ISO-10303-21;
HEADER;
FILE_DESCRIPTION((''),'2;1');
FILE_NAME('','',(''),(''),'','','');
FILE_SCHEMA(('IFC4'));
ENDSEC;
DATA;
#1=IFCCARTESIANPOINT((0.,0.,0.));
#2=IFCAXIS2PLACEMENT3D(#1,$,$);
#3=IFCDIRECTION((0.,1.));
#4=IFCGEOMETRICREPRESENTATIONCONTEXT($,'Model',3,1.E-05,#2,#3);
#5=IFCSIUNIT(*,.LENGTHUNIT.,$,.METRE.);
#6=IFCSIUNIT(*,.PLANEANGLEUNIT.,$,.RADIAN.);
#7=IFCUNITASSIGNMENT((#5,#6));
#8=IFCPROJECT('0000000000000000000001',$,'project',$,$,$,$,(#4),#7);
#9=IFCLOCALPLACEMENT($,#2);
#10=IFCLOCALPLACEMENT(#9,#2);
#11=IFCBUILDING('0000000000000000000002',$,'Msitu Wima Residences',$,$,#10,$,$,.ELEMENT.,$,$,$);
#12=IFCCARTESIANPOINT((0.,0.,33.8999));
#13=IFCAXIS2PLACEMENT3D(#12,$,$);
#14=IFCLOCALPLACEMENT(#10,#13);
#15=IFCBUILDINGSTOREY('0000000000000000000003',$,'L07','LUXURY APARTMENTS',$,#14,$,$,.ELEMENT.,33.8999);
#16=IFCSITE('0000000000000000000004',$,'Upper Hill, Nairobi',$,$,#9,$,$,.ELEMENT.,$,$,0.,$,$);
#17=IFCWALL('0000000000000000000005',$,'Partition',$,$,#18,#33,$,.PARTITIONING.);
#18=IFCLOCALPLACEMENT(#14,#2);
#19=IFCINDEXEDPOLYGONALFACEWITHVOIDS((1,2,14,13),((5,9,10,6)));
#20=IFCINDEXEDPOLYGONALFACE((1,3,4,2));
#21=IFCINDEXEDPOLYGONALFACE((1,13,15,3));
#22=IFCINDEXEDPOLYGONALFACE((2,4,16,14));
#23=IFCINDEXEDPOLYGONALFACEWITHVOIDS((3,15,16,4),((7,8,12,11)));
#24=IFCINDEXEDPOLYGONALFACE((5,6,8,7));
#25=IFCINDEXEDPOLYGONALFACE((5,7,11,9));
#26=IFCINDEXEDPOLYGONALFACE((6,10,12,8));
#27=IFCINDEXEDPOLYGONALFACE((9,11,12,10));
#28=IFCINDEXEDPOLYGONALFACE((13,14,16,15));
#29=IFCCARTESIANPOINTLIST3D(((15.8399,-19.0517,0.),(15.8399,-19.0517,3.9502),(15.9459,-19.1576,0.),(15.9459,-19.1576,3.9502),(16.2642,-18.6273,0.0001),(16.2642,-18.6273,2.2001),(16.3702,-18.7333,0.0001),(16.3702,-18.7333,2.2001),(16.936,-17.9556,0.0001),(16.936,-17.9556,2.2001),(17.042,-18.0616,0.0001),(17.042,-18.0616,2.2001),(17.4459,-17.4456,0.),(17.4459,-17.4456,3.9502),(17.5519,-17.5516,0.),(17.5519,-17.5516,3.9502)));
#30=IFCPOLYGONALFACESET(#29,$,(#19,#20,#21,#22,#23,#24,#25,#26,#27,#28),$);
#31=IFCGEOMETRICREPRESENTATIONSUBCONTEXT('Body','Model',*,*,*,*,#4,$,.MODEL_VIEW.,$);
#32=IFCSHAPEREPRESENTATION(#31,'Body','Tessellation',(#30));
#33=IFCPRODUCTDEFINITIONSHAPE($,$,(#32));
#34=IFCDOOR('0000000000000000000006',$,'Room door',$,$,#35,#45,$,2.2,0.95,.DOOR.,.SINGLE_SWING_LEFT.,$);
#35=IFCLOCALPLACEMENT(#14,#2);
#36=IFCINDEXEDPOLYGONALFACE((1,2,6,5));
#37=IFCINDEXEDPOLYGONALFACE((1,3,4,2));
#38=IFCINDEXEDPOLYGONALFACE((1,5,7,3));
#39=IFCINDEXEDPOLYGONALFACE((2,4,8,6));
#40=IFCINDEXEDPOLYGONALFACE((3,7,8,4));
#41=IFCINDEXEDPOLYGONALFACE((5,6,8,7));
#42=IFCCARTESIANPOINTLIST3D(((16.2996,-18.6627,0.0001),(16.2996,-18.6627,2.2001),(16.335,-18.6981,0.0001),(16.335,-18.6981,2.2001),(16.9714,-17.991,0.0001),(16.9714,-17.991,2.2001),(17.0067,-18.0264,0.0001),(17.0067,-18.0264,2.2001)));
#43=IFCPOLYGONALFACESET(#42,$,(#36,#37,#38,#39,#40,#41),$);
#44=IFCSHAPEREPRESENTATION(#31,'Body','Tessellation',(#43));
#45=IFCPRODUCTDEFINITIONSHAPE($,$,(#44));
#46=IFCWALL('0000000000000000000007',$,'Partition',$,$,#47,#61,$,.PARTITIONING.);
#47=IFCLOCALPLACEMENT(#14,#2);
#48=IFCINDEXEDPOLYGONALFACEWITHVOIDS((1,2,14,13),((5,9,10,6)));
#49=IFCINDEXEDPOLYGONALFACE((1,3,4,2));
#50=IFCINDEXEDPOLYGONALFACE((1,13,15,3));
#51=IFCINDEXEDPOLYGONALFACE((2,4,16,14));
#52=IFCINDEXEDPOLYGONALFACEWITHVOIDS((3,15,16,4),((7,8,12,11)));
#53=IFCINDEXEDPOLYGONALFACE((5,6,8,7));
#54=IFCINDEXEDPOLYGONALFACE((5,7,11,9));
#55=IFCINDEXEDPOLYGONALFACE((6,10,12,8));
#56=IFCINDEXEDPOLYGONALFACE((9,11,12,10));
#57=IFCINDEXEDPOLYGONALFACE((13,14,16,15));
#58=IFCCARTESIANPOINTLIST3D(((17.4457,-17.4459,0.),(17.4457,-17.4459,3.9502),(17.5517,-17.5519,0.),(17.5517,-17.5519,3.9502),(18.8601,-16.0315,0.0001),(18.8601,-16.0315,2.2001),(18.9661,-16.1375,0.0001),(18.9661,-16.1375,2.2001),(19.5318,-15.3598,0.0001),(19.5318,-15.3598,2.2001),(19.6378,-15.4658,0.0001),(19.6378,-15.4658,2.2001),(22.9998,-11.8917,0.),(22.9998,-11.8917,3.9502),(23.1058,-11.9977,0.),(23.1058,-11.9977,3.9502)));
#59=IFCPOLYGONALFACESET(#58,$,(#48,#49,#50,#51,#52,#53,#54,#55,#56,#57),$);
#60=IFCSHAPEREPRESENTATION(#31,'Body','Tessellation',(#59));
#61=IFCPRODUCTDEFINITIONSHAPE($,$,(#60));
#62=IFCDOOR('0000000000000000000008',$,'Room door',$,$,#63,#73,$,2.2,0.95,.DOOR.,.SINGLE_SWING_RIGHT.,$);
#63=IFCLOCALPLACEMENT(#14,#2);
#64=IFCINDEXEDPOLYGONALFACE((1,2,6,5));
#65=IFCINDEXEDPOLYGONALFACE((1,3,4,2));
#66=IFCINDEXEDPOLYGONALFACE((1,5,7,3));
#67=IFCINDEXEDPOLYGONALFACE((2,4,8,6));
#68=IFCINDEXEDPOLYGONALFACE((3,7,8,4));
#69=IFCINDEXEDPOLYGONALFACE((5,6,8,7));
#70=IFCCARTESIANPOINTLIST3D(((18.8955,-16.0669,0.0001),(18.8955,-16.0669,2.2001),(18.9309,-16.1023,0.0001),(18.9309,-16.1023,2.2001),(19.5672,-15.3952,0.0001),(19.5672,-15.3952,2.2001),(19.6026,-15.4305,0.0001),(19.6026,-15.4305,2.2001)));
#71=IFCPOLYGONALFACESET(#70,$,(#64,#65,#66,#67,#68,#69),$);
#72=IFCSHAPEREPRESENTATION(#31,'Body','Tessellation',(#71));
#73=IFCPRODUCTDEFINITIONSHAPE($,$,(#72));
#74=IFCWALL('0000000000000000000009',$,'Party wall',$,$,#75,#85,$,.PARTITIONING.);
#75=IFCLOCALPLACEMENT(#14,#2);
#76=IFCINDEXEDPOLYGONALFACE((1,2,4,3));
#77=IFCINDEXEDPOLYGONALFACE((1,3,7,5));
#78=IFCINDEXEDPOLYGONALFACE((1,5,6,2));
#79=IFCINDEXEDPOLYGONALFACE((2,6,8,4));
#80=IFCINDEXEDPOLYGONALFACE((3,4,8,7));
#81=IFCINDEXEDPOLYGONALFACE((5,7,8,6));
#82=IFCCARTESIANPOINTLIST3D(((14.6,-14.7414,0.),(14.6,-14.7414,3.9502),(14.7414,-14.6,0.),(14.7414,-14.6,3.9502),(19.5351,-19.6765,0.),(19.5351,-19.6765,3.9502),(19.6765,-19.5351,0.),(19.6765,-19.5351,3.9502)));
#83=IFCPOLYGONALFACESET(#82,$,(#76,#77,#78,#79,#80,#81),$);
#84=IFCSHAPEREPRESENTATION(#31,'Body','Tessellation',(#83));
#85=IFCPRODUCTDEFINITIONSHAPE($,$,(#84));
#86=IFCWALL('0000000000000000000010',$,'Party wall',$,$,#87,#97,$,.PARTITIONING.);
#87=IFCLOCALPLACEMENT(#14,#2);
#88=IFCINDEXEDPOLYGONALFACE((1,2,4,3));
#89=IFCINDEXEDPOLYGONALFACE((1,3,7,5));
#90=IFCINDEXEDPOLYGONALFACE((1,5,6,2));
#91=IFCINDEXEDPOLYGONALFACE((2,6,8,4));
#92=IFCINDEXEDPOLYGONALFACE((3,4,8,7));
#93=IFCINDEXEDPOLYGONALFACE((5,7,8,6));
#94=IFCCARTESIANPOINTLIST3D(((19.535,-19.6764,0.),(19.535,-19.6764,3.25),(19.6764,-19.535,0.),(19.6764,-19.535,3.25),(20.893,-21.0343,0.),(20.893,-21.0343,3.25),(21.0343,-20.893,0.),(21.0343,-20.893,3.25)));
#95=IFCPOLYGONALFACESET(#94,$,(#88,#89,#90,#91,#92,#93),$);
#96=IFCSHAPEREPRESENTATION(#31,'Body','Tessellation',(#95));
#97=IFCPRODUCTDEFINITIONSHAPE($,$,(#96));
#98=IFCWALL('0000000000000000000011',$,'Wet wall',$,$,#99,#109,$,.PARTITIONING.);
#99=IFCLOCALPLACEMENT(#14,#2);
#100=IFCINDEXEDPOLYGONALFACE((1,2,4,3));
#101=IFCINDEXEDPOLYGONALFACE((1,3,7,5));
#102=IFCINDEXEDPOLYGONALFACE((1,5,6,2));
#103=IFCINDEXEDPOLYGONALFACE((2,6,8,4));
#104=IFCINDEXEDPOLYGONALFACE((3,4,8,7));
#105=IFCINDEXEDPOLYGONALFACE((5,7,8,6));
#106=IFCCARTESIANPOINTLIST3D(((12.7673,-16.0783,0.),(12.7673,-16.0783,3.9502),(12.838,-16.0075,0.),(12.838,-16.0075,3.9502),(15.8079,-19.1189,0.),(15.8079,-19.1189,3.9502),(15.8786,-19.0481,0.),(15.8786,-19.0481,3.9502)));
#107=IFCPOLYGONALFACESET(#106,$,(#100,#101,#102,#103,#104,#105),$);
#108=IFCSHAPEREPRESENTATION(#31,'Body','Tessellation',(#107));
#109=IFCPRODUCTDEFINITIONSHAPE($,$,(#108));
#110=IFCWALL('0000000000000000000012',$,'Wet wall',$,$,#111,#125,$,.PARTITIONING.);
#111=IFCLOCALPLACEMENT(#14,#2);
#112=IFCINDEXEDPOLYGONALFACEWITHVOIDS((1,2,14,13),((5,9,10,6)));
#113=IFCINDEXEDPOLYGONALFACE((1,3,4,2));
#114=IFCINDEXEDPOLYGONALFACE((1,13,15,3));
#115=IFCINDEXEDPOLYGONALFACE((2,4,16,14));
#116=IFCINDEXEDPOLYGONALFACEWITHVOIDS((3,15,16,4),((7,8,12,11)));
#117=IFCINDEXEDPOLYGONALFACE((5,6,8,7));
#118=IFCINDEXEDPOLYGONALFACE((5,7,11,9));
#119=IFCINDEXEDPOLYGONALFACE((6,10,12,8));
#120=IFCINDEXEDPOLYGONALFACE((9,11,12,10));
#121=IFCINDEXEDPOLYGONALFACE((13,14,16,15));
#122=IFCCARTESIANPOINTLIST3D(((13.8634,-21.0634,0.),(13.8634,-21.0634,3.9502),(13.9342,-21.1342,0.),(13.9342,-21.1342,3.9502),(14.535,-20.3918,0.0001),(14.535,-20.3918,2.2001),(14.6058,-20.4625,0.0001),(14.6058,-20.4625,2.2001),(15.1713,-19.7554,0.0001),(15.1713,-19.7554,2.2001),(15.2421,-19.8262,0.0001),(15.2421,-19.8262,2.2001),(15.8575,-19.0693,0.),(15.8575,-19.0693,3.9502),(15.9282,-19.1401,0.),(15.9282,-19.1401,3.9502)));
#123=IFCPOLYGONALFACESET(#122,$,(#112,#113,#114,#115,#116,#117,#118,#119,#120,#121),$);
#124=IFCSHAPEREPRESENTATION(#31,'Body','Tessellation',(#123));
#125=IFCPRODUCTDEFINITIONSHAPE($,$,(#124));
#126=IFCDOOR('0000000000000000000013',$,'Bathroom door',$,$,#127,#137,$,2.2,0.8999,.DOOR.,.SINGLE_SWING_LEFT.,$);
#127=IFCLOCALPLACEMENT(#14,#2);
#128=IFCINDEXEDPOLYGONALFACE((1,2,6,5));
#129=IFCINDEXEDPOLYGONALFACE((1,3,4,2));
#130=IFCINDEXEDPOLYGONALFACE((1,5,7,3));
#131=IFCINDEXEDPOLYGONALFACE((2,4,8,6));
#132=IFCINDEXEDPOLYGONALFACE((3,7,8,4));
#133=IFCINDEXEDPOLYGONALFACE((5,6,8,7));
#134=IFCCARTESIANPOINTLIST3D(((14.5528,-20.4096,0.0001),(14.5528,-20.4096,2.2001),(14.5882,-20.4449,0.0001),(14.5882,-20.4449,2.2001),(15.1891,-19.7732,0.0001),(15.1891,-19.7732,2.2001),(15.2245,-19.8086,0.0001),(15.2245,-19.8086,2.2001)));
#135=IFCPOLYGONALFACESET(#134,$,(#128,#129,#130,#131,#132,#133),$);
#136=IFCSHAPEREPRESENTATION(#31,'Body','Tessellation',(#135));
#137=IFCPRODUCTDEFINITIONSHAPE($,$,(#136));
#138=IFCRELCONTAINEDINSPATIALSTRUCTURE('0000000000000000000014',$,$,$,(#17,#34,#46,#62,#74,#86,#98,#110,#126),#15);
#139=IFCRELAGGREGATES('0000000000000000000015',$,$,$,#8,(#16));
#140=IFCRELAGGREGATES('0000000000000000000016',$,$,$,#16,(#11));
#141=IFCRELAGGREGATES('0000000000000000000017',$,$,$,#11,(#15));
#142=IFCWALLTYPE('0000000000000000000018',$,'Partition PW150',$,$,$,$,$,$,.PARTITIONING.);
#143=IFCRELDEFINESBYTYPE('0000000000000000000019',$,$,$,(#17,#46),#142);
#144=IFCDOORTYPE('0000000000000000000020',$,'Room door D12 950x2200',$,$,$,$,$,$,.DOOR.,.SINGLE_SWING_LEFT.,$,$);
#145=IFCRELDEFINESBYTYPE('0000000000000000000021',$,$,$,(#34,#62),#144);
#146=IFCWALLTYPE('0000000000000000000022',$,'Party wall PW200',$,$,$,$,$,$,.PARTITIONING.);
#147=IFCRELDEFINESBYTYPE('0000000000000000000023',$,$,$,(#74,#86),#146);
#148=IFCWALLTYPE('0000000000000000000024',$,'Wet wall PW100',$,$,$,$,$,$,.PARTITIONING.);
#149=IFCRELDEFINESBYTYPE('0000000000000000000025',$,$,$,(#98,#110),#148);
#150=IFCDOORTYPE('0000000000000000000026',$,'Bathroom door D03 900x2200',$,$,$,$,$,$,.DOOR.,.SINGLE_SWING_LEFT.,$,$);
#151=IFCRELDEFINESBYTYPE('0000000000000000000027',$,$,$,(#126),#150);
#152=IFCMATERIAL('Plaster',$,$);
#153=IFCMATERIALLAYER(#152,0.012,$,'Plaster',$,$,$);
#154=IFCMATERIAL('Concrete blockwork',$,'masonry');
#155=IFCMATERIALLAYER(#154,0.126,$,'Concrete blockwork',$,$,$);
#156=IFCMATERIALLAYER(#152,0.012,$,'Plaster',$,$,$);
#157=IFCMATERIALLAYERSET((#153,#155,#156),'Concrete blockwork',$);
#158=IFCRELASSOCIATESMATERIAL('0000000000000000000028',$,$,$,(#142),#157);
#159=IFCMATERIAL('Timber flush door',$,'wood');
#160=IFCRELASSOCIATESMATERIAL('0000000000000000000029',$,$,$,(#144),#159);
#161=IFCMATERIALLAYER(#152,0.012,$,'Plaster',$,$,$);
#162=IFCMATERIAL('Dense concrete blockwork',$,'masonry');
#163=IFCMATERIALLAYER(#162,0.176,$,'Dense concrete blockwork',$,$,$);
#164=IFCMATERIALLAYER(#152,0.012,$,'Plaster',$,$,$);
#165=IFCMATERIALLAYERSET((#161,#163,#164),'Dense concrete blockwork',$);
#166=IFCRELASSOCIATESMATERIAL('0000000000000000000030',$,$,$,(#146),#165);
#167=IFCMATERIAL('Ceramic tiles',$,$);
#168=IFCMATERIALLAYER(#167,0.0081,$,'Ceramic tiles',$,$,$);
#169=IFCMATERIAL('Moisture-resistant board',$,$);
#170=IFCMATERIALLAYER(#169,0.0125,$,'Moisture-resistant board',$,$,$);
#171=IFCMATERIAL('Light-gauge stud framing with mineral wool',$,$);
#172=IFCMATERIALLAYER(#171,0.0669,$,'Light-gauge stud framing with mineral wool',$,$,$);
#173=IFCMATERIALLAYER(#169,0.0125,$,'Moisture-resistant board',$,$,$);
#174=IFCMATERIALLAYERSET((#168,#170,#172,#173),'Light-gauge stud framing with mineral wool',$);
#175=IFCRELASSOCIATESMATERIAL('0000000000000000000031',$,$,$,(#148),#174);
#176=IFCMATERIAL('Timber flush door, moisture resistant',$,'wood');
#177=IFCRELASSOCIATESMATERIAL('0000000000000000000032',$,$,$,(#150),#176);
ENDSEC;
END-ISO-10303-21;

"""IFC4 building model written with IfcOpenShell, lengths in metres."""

from ifc_helpers import new_model, si_unit, direction, frame, frame_2d, origin, place, context, subcontext, project, spatial, rectangle, extrude, material, layer, layer_set, type_object, element, fill, save


model = new_model("IFC4")

# Units and contexts
model_context = context("Model", 3, precision=1e-05, world=origin(), true_north=direction((0.0, 1.0)))
body_context = subcontext(model_context, "Body", "Model", "MODEL_VIEW")
ifc_project = project(units=[si_unit("LENGTHUNIT", "METRE"), si_unit("PLANEANGLEUNIT", "RADIAN")], contexts=[model_context])

# Site, building, storey
site_placement = place(None, origin())
site = spatial("IfcSite", under=ifc_project, at=site_placement, Name="Upper Hill, Nairobi", CompositionType="ELEMENT", RefElevation=0.0)
building_placement = place(site_placement, origin())
building = spatial("IfcBuilding", under=site, at=building_placement, Name="Msitu Wima Residences", CompositionType="ELEMENT")
storey_placement = place(building_placement, frame((0.0, 0.0, 33.8999)))
storey = spatial("IfcBuildingStorey", under=building, at=storey_placement, Name="L07", Description="LUXURY APARTMENTS", CompositionType="ELEMENT", Elevation=33.8999)

# Shared definitions
ifc_material_1 = material(Name="Plaster")
ifc_material_2 = material(Name="Concrete blockwork", Category="masonry")

# Shared definitions
ifc_layer_1 = layer(ifc_material_1, 0.012, Name="Plaster")
ifc_layer_2 = layer(ifc_material_2, 0.126, Name="Concrete blockwork")
ifc_layer_3 = layer(ifc_material_1, 0.012, Name="Plaster")
ifc_layer_set_1 = layer_set([ifc_layer_1, ifc_layer_2, ifc_layer_3], Name="Concrete blockwork")
wall_type_1 = type_object("IfcWallType", Name="Partition PW150", PredefinedType="PARTITIONING", material=ifc_layer_set_1)

# Walls, openings, doors
wall_1_placement = place(storey_placement, frame((15.8928, -19.1047, 0.0), z_axis=(0.0, 0.0, 1.0), x_axis=(0.707107, 0.707107, 0.0)))
wall_1 = element("IfcWall", 1, at=wall_1_placement, inside=storey, type_object=wall_type_1, Name="Partition", PredefinedType="PARTITIONING", context=body_context, shape_type="SweptSolid", body=[
    extrude(rectangle(XDim=2.2712, YDim=0.1499, at=frame_2d((1.1357, 0.0))), origin(), (0.0, 0.0, 1.0), 3.9502),
])
opening_1_placement = place(wall_1_placement, frame((0.6001, 0.0, 0.0)))
opening_1 = element("IfcOpeningElement", 2, at=opening_1_placement, cuts=wall_1, PredefinedType="OPENING", context=body_context, shape_type="SweptSolid", body=[
    extrude(rectangle(XDim=0.95, YDim=2.2, at=frame_2d((0.4751, 1.1001))), frame((0.0, 0.085, 0.0), z_axis=(0.0, -1.0, 0.0), x_axis=(1.0, 0.0, 0.0)), (0.0, 0.0, 1.0), 0.1699),
])
ifc_material_3 = material(Name="Timber flush door", Category="wood")
door_type_1 = type_object("IfcDoorType", Name="Room door D12 950x2200", OperationType="SINGLE_SWING_LEFT", PredefinedType="DOOR", material=ifc_material_3)
door_1_placement = place(opening_1_placement, origin())
door_1 = element("IfcDoor", 3, at=door_1_placement, inside=storey, type_object=door_type_1, Name="Room door", OperationType="SINGLE_SWING_LEFT", OverallHeight=2.2, OverallWidth=0.95, PredefinedType="DOOR", context=body_context, shape_type="SweptSolid", body=[
    extrude(rectangle(XDim=0.95, YDim=2.2, at=frame_2d((0.4751, 1.1001))), frame((0.0, 0.0249, 0.0), z_axis=(0.0, -1.0, 0.0), x_axis=(1.0, 0.0, 0.0)), (0.0, 0.0, 1.0), 0.05),
])
fill(opening_1, door_1)
wall_2_placement = place(storey_placement, frame((17.4988, -17.4988, 0.0), z_axis=(0.0, 0.0, 1.0), x_axis=(0.707107, 0.707107, 0.0)))
wall_2 = element("IfcWall", 4, at=wall_2_placement, inside=storey, type_object=wall_type_1, Name="Partition", PredefinedType="PARTITIONING", context=body_context, shape_type="SweptSolid", body=[
    extrude(rectangle(XDim=7.8547, YDim=0.1499, at=frame_2d((3.9272, 0.0))), origin(), (0.0, 0.0, 1.0), 3.9502),
])
opening_2_placement = place(wall_2_placement, frame((2.0, 0.0, 0.0)))
opening_2 = element("IfcOpeningElement", 5, at=opening_2_placement, cuts=wall_2, PredefinedType="OPENING", context=body_context, shape_type="SweptSolid", body=[
    extrude(rectangle(XDim=0.95, YDim=2.2, at=frame_2d((0.4751, 1.1001))), frame((0.0, 0.085, 0.0), z_axis=(0.0, -1.0, 0.0), x_axis=(1.0, 0.0, 0.0)), (0.0, 0.0, 1.0), 0.1699),
])
door_2_placement = place(opening_2_placement, origin())
door_2 = element("IfcDoor", 6, at=door_2_placement, inside=storey, type_object=door_type_1, Name="Room door", OperationType="SINGLE_SWING_RIGHT", OverallHeight=2.2, OverallWidth=0.95, PredefinedType="DOOR", context=body_context, shape_type="SweptSolid", body=[
    extrude(rectangle(XDim=0.95, YDim=2.2, at=frame_2d((0.4751, 1.1001))), frame((0.0, 0.0249, 0.0), z_axis=(0.0, -1.0, 0.0), x_axis=(1.0, 0.0, 0.0)), (0.0, 0.0, 1.0), 0.05),
])
fill(opening_2, door_2)

# Walls
ifc_layer_4 = layer(ifc_material_1, 0.012, Name="Plaster")
ifc_material_4 = material(Name="Dense concrete blockwork", Category="masonry")
ifc_layer_5 = layer(ifc_material_4, 0.176, Name="Dense concrete blockwork")
ifc_layer_6 = layer(ifc_material_1, 0.012, Name="Plaster")
ifc_layer_set_2 = layer_set([ifc_layer_4, ifc_layer_5, ifc_layer_6], Name="Dense concrete blockwork")
wall_type_2 = type_object("IfcWallType", Name="Party wall PW200", PredefinedType="PARTITIONING", material=ifc_layer_set_2)
wall_3_placement = place(storey_placement, frame((14.6707, -14.6707, 0.0), z_axis=(0.0, 0.0, 1.0), x_axis=(0.707107, -0.707107, 0.0)))
element("IfcWall", 7, at=wall_3_placement, inside=storey, type_object=wall_type_2, Name="Party wall", PredefinedType="PARTITIONING", context=body_context, shape_type="SweptSolid", body=[
    extrude(rectangle(XDim=6.9792, YDim=0.2, at=frame_2d((3.4897, 0.0))), origin(), (0.0, 0.0, 1.0), 3.9502),
])
wall_4_placement = place(storey_placement, frame((19.6057, -19.6057, 0.0), z_axis=(0.0, 0.0, 1.0), x_axis=(0.707107, -0.707107, 0.0)))
element("IfcWall", 8, at=wall_4_placement, inside=storey, type_object=wall_type_2, Name="Party wall", PredefinedType="PARTITIONING", context=body_context, shape_type="SweptSolid", body=[
    extrude(rectangle(XDim=1.9204, YDim=0.2, at=frame_2d((0.9602, 0.0))), origin(), (0.0, 0.0, 1.0), 3.25),
])
ifc_material_5 = material(Name="Ceramic tiles")
ifc_layer_7 = layer(ifc_material_5, 0.0081, Name="Ceramic tiles")
ifc_material_6 = material(Name="Moisture-resistant board")
ifc_layer_8 = layer(ifc_material_6, 0.0125, Name="Moisture-resistant board")
ifc_material_7 = material(Name="Light-gauge stud framing with mineral wool")
ifc_layer_9 = layer(ifc_material_7, 0.0669, Name="Light-gauge stud framing with mineral wool")
ifc_layer_10 = layer(ifc_material_6, 0.0125, Name="Moisture-resistant board")
ifc_layer_set_3 = layer_set([ifc_layer_7, ifc_layer_8, ifc_layer_9, ifc_layer_10], Name="Light-gauge stud framing with mineral wool")
wall_type_3 = type_object("IfcWallType", Name="Wet wall PW100", PredefinedType="PARTITIONING", material=ifc_layer_set_3)
wall_5_placement = place(storey_placement, frame((12.8027, -16.043, 0.0), z_axis=(0.0, 0.0, 1.0), x_axis=(0.707107, -0.707107, 0.0)))
element("IfcWall", 9, at=wall_5_placement, inside=storey, type_object=wall_type_3, Name="Wet wall", PredefinedType="PARTITIONING", context=body_context, shape_type="SweptSolid", body=[
    extrude(rectangle(XDim=4.3, YDim=0.1001, at=frame_2d((2.1499, 0.0))), origin(), (0.0, 0.0, 1.0), 3.9502),
])

# Wall, opening, door
wall_6_placement = place(storey_placement, frame((13.8987, -21.0989, 0.0), z_axis=(0.0, 0.0, 1.0), x_axis=(0.707107, 0.707107, 0.0)))
wall_6 = element("IfcWall", 10, at=wall_6_placement, inside=storey, type_object=wall_type_3, Name="Wet wall", PredefinedType="PARTITIONING", context=body_context, shape_type="SweptSolid", body=[
    extrude(rectangle(XDim=2.8201, YDim=0.1001, at=frame_2d((1.4102, 0.0))), origin(), (0.0, 0.0, 1.0), 3.9502),
])
opening_3_placement = place(wall_6_placement, frame((0.95, 0.0, 0.0)))
opening_3 = element("IfcOpeningElement", 11, at=opening_3_placement, cuts=wall_6, PredefinedType="OPENING", context=body_context, shape_type="SweptSolid", body=[
    extrude(rectangle(XDim=0.8999, YDim=2.2, at=frame_2d((0.45, 1.1001))), frame((0.0, 0.0601, 0.0), z_axis=(0.0, -1.0, 0.0), x_axis=(1.0, 0.0, 0.0)), (0.0, 0.0, 1.0), 0.1201),
])
ifc_material_8 = material(Name="Timber flush door, moisture resistant", Category="wood")
door_type_2 = type_object("IfcDoorType", Name="Bathroom door D03 900x2200", OperationType="SINGLE_SWING_LEFT", PredefinedType="DOOR", material=ifc_material_8)
door_3_placement = place(opening_3_placement, origin())
door_3 = element("IfcDoor", 12, at=door_3_placement, inside=storey, type_object=door_type_2, Name="Bathroom door", OperationType="SINGLE_SWING_LEFT", OverallHeight=2.2, OverallWidth=0.8999, PredefinedType="DOOR", context=body_context, shape_type="SweptSolid", body=[
    extrude(rectangle(XDim=0.8999, YDim=2.2, at=frame_2d((0.45, 1.1001))), frame((0.0, 0.0249, 0.0), z_axis=(0.0, -1.0, 0.0), x_axis=(1.0, 0.0, 0.0)), (0.0, 0.0, 1.0), 0.05),
])
fill(opening_3, door_3)

save(model, "model.ifc")
